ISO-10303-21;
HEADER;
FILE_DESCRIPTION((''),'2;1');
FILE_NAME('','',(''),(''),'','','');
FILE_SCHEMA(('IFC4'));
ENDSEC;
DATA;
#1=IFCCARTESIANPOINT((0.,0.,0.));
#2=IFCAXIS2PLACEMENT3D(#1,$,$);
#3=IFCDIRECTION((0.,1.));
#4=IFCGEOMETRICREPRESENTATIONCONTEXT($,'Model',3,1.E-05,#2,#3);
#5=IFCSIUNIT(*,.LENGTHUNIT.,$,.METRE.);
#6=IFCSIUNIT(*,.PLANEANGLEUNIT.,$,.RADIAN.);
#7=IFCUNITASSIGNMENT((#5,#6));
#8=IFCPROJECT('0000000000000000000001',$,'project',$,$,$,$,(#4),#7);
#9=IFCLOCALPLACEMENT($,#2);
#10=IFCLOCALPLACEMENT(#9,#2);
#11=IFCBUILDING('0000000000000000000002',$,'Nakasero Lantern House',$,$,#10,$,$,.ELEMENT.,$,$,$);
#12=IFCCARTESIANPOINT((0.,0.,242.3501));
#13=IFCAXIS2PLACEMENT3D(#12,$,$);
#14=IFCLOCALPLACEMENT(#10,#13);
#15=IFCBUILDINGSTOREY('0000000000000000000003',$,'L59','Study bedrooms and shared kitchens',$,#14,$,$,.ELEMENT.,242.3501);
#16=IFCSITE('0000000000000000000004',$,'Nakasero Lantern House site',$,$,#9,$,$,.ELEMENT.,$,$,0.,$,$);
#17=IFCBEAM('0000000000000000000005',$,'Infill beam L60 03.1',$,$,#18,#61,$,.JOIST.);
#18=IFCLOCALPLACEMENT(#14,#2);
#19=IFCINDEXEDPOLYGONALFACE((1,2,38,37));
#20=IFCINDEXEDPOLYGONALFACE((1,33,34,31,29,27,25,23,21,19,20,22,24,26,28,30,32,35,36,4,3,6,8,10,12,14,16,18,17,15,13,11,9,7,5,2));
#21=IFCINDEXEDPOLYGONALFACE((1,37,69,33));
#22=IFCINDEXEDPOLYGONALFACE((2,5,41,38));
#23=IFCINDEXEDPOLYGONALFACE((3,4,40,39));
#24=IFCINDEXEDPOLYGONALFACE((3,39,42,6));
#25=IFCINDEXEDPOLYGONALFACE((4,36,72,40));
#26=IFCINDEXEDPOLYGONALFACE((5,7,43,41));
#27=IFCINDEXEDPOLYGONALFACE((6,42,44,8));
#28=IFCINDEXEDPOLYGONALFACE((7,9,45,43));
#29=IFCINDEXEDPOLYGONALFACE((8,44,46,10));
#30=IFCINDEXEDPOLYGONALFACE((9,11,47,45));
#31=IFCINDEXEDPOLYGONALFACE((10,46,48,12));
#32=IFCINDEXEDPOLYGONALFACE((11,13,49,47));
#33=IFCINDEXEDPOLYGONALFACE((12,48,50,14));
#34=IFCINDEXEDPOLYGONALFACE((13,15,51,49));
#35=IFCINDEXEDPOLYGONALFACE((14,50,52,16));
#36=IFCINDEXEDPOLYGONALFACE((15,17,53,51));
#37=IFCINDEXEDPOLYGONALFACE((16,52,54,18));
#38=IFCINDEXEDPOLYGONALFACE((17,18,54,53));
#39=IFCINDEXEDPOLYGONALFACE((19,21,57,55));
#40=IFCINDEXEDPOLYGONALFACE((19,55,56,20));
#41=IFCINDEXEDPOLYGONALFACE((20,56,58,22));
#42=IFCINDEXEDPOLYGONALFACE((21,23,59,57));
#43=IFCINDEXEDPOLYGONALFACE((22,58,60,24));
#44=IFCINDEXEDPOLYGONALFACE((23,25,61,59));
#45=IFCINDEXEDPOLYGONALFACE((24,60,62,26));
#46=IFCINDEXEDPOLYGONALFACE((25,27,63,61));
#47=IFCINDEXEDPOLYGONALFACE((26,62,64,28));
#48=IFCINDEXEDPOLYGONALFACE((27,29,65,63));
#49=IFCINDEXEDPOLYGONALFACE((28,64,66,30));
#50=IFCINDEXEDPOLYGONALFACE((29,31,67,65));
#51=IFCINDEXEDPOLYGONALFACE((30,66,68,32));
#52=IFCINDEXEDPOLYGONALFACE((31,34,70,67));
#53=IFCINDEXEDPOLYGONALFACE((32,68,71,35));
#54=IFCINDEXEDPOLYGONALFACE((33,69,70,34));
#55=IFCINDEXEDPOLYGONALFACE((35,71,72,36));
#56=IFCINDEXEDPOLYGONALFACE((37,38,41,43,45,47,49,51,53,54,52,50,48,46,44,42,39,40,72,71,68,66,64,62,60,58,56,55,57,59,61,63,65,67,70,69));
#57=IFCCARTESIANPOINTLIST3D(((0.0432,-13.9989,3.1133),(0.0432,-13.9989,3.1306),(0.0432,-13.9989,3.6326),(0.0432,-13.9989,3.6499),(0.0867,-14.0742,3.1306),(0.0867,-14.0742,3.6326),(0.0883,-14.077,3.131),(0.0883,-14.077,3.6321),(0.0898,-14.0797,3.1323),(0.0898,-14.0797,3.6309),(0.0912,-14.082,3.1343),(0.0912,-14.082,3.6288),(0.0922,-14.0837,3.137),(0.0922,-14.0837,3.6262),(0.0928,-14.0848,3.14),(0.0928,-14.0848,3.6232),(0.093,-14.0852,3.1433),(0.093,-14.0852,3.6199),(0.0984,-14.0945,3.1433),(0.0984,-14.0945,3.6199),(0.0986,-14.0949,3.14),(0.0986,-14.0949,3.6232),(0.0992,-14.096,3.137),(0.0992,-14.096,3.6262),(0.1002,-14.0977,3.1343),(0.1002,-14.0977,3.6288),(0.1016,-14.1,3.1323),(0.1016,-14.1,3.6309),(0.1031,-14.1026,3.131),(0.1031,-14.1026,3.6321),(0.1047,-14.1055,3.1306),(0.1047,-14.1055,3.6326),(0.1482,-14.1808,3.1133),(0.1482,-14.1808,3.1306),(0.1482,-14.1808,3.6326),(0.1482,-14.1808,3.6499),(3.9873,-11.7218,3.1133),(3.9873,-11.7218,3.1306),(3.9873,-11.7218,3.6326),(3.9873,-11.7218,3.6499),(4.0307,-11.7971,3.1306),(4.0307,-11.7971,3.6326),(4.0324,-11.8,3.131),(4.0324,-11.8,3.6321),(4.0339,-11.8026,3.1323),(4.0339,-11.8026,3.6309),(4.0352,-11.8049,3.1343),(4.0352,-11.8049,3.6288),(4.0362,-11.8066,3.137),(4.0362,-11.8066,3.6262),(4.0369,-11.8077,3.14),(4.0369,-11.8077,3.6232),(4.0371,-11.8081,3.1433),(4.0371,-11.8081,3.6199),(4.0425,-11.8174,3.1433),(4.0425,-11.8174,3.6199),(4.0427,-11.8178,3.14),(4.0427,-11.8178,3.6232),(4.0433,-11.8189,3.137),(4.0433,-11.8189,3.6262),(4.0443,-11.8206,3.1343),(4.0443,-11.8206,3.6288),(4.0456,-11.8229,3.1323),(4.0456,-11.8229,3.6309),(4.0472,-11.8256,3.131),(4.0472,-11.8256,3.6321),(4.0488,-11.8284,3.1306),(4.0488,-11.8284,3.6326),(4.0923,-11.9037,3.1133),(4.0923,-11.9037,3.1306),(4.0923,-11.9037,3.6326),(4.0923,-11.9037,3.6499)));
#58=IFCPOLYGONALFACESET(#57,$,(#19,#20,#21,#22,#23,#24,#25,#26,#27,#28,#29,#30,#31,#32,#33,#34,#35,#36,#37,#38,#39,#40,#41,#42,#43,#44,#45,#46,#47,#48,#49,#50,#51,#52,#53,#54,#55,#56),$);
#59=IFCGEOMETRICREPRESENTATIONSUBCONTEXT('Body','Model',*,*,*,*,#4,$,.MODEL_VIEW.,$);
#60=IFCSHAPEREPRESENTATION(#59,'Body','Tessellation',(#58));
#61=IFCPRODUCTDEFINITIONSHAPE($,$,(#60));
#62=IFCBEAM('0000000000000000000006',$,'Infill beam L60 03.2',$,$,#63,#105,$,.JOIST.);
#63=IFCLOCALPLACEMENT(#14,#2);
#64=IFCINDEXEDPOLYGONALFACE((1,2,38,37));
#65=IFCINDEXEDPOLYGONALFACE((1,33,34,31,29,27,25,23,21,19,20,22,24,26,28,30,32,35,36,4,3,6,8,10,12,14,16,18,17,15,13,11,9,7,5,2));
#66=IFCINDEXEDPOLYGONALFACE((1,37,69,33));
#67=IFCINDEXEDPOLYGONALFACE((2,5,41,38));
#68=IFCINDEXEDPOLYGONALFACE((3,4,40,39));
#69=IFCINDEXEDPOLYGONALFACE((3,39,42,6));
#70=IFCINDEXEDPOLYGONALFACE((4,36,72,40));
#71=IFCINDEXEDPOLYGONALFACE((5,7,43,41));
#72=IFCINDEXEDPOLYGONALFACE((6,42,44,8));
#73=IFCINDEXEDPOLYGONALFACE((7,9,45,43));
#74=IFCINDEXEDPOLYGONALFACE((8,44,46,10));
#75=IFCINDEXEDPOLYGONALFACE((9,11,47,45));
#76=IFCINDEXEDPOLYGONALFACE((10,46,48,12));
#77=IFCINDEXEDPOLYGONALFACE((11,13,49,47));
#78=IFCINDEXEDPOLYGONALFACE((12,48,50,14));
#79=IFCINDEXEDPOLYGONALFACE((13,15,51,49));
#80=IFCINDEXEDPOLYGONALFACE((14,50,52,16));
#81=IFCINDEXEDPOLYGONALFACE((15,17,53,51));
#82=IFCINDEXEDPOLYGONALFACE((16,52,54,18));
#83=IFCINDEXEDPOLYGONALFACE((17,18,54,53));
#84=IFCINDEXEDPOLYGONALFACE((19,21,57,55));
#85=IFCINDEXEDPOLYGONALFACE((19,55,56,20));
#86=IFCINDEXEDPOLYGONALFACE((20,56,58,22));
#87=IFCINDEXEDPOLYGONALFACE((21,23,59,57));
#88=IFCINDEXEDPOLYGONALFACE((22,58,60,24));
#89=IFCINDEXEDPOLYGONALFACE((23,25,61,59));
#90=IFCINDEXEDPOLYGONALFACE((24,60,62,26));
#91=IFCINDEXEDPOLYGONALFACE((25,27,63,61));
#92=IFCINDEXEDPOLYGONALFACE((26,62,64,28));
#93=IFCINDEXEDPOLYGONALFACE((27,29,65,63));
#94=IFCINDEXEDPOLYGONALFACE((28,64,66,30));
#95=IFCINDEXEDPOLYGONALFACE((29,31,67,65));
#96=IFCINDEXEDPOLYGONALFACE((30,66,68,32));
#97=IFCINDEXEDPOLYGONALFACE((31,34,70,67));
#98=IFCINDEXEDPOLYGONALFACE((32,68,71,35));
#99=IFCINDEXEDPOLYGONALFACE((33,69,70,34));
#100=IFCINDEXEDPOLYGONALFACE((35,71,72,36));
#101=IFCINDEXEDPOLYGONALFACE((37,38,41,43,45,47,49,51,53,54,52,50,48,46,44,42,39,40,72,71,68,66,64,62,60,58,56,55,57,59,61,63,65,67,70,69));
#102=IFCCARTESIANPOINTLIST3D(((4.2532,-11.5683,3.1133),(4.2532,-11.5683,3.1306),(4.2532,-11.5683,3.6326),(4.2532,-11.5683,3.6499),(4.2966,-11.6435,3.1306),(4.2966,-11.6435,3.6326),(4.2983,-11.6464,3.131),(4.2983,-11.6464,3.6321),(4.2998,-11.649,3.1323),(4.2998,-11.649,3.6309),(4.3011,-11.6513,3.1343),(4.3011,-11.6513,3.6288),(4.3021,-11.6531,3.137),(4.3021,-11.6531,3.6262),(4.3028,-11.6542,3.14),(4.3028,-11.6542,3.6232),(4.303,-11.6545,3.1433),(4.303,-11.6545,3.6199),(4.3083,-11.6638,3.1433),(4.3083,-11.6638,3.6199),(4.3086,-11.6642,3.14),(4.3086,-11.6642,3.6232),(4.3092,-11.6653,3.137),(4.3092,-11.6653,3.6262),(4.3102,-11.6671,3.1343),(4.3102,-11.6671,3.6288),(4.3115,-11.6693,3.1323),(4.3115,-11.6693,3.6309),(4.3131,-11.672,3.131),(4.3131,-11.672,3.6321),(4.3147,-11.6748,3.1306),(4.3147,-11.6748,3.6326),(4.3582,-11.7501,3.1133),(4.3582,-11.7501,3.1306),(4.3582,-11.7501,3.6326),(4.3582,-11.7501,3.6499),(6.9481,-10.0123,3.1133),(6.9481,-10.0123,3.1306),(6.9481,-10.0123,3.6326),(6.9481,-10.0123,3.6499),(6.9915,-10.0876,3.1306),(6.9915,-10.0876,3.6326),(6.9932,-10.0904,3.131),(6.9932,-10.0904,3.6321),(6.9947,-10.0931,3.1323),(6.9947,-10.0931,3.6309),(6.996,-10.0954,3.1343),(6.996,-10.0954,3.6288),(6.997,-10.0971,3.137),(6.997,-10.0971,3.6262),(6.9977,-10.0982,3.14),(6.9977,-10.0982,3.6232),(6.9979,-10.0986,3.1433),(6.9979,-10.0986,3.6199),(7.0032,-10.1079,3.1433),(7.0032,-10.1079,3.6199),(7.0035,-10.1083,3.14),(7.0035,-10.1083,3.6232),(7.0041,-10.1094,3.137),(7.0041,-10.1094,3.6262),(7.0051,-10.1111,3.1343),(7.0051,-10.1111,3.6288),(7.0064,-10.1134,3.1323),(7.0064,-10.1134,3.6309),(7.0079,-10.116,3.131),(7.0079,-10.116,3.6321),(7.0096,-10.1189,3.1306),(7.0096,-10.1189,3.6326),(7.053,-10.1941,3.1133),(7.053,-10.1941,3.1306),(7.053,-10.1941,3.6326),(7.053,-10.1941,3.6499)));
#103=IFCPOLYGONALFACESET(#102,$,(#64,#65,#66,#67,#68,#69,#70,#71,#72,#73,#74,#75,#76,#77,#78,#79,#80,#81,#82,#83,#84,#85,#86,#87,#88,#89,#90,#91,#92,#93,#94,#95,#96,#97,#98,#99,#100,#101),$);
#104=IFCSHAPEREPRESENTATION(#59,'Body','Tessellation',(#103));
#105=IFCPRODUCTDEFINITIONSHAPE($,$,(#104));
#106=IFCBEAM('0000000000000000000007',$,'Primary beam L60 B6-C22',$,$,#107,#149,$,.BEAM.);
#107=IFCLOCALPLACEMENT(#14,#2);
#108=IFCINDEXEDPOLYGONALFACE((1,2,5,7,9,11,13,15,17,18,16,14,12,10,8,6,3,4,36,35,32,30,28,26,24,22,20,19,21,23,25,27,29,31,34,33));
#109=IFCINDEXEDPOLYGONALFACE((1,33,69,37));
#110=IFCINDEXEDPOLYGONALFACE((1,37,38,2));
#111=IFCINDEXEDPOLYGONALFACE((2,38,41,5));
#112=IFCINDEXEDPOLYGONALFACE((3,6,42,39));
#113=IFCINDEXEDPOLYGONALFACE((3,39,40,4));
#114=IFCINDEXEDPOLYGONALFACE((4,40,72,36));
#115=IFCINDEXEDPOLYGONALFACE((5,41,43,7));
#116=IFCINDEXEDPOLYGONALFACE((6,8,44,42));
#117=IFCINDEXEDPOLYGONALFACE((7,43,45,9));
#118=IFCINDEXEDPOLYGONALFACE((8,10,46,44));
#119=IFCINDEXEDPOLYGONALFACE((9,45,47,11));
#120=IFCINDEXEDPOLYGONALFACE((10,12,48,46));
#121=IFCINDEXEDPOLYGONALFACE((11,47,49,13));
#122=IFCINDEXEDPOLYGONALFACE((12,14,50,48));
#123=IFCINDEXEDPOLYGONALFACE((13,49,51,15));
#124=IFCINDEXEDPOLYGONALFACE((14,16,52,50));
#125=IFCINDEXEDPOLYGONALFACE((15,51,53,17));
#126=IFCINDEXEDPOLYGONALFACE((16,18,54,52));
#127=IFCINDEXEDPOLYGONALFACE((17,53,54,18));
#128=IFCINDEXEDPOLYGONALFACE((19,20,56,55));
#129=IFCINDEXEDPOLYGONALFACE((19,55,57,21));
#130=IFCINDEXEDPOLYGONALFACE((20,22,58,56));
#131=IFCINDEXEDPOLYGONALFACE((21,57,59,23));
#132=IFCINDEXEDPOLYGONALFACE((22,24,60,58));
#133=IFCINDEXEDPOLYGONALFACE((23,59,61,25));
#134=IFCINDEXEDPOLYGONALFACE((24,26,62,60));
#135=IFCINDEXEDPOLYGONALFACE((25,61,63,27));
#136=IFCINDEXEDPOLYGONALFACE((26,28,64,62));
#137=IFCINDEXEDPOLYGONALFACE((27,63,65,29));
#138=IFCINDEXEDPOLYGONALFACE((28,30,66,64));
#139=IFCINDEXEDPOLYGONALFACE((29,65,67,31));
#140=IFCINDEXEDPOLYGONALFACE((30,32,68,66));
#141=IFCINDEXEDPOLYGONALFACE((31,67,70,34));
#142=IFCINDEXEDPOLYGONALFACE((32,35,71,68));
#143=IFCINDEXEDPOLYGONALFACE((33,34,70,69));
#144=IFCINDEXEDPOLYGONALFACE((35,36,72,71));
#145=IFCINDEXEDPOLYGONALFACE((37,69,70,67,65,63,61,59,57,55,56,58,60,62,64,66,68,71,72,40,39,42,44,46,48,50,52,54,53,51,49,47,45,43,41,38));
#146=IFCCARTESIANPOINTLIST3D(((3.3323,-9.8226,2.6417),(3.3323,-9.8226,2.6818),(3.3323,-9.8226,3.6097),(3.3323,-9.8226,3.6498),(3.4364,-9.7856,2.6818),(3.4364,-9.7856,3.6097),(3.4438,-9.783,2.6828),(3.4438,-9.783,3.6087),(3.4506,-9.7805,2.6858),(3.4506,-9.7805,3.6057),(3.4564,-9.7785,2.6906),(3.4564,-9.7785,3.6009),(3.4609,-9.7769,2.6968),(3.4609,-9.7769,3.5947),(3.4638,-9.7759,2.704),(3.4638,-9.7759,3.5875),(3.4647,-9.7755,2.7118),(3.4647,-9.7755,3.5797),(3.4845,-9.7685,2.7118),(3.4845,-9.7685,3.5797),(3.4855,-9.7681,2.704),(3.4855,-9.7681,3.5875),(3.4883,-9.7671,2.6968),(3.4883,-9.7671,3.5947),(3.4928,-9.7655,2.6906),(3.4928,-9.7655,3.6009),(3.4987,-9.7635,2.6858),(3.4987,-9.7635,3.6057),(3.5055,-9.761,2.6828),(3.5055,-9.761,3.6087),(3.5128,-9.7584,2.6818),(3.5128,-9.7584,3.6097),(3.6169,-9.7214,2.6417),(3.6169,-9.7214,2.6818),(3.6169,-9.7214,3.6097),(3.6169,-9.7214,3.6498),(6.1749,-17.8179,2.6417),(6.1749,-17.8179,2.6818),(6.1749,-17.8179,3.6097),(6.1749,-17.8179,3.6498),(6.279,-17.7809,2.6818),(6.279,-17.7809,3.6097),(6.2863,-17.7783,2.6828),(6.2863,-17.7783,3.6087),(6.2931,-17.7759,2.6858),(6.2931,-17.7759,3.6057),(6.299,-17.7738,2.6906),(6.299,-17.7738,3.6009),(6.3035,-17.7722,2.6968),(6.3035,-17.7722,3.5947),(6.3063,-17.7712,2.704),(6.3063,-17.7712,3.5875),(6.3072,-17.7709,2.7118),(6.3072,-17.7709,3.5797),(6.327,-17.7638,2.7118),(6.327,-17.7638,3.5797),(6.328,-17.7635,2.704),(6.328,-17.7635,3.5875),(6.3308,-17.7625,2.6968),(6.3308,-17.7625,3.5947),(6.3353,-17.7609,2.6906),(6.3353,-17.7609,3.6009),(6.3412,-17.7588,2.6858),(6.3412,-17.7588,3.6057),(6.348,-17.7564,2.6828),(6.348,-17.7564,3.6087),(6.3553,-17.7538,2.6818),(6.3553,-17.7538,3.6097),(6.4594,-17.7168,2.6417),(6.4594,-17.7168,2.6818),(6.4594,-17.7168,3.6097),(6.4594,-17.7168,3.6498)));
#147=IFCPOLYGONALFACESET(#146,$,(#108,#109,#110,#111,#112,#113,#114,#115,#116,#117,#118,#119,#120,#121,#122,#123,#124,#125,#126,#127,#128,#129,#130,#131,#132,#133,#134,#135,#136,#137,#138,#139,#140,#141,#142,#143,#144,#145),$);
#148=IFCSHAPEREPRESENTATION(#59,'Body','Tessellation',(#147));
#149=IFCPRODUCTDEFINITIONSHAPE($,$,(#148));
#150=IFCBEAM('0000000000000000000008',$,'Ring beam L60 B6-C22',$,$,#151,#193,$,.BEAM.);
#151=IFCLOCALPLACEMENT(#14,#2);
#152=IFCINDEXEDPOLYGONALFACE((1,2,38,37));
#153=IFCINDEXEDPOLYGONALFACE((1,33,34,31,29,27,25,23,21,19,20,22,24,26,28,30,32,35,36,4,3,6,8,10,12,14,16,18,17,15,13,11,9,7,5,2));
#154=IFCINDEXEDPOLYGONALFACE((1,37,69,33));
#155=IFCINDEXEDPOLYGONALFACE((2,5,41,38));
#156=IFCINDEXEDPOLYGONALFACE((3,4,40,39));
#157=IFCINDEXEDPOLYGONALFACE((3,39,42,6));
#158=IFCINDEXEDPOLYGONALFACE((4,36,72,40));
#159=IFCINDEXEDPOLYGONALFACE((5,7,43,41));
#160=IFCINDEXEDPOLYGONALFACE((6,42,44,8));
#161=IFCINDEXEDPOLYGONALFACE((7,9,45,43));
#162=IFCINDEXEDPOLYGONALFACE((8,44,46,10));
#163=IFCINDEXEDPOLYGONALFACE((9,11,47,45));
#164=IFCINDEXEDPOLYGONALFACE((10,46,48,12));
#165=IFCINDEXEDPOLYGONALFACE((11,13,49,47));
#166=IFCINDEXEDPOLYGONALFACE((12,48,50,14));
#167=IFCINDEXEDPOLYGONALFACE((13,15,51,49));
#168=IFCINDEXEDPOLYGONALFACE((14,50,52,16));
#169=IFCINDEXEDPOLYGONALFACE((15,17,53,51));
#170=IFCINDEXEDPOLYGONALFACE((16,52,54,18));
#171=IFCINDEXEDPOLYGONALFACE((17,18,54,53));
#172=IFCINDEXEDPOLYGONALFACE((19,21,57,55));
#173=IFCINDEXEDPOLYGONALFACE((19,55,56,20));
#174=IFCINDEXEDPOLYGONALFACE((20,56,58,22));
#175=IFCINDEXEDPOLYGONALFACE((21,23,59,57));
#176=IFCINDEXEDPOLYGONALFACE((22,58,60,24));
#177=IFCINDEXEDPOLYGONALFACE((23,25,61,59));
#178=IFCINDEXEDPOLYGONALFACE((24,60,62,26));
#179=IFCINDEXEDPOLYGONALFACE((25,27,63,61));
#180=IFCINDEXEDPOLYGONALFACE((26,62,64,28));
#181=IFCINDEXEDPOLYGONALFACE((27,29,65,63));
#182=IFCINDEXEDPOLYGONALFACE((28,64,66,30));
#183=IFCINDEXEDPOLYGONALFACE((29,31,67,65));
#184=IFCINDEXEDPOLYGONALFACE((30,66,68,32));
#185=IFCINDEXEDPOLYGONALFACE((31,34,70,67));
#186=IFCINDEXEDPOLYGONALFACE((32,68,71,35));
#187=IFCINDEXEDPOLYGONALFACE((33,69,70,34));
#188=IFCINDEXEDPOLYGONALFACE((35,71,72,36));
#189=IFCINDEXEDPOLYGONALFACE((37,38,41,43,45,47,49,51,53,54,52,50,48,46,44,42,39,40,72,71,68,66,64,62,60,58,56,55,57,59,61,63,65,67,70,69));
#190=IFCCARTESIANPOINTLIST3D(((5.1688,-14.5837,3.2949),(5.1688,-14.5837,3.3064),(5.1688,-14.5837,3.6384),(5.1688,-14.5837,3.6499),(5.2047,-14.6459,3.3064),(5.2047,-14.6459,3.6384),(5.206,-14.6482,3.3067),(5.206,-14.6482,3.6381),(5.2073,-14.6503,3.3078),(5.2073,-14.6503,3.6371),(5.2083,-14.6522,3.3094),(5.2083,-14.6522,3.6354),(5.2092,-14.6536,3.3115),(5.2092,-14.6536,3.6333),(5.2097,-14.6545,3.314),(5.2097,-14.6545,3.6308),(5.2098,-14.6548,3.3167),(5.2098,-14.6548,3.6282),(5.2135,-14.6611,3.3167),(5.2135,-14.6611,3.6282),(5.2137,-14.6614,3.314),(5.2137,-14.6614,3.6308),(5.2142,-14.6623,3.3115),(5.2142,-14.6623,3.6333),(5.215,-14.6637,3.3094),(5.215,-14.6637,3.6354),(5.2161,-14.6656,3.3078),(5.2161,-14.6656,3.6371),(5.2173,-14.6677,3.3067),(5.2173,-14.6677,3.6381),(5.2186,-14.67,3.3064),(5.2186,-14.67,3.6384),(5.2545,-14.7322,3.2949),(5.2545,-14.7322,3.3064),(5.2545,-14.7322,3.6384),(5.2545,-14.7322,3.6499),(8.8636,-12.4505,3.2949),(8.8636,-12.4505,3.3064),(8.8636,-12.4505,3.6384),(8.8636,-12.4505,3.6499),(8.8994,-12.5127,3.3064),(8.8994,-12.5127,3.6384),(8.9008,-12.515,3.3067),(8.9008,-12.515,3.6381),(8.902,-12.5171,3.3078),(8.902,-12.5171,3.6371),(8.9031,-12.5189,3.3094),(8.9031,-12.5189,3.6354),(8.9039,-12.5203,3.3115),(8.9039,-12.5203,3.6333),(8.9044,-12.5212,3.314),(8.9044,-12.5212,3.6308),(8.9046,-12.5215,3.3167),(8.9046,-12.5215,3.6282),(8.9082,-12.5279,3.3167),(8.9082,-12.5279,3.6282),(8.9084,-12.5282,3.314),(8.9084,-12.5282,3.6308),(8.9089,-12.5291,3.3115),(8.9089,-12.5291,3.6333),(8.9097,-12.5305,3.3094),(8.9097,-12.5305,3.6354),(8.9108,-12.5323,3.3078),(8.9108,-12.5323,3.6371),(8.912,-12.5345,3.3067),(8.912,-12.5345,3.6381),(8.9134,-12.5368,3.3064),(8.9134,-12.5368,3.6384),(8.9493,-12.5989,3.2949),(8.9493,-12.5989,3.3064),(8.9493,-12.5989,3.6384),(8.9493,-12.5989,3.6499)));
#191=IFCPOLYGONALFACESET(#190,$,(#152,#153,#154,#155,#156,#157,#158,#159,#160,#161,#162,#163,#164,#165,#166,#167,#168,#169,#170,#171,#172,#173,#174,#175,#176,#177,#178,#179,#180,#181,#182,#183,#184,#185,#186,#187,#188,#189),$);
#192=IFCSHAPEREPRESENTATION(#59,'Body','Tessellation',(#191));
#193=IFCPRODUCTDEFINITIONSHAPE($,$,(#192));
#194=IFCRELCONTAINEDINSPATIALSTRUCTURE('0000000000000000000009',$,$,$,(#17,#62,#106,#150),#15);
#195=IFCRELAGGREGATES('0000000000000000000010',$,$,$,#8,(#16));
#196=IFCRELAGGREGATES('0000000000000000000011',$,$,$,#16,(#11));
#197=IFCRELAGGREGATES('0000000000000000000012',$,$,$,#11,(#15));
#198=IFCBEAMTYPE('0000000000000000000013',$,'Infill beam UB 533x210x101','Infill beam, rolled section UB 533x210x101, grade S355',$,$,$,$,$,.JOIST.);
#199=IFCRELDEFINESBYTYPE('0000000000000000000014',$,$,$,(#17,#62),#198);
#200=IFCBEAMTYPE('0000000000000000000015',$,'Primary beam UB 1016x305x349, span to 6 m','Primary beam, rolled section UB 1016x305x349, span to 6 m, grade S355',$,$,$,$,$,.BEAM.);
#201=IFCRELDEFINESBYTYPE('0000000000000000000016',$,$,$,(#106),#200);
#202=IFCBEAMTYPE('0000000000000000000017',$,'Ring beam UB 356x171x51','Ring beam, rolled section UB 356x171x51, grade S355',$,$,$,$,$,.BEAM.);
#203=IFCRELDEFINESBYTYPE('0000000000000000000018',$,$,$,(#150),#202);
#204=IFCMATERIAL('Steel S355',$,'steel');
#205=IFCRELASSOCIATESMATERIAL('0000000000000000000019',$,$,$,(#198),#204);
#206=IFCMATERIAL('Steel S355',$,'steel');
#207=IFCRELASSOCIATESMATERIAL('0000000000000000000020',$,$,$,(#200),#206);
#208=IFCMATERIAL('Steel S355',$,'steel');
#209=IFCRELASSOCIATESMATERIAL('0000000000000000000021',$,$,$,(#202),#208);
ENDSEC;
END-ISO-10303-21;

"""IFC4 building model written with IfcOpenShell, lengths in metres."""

from ifc_helpers import new_model, si_unit, direction, frame, origin, origin_2d, place, context, subcontext, project, spatial, i_section, extrude, material, material_profile, profile_set, type_object, element, save


model = new_model("IFC4")

# Units and contexts
model_context = context("Model", 3, precision=1e-05, world=origin(), true_north=direction((0.0, 1.0)))
body_context = subcontext(model_context, "Body", "Model", "MODEL_VIEW")
ifc_project = project(units=[si_unit("LENGTHUNIT", "METRE"), si_unit("PLANEANGLEUNIT", "RADIAN")], contexts=[model_context])

# Site, building, storey
site_placement = place(None, origin())
site = spatial("IfcSite", under=ifc_project, at=site_placement, Name="Nakasero Lantern House site", CompositionType="ELEMENT", RefElevation=0.0)
building_placement = place(site_placement, origin())
building = spatial("IfcBuilding", under=site, at=building_placement, Name="Nakasero Lantern House", CompositionType="ELEMENT")
storey_placement = place(building_placement, frame((0.0, 0.0, 242.3501)))
storey = spatial("IfcBuildingStorey", under=building, at=storey_placement, Name="L59", Description="Study bedrooms and shared kitchens", CompositionType="ELEMENT", Elevation=242.3501)

# Beams
ifc_material_1 = material(Name="Steel S355", Category="steel")
ifc_material_profile_1 = material_profile(ifc_material_1, i_section(OverallWidth=0.21, OverallDepth=0.5366, WebThickness=0.0107, FlangeThickness=0.0173, FilletRadius=0.0127, at=origin_2d()), Name="UB 533x210x101")
ifc_profile_set_1 = profile_set([ifc_material_profile_1], Name="Steel S355")
beam_type_1 = type_object("IfcBeamType", Name="Infill beam UB 533x210x101", Description="Infill beam, rolled section UB 533x210x101, grade S355", PredefinedType="JOIST", material=ifc_profile_set_1)
beam_1_placement = place(storey_placement, frame((0.0957, -14.0898, 3.3816), z_axis=(0.866028, 0.499996, 0.0), x_axis=(-0.499996, 0.866028, 0.0)))
element("IfcBeam", 1, at=beam_1_placement, inside=storey, type_object=beam_type_1, Name="Infill beam L60 03.1", PredefinedType="JOIST", context=body_context, shape_type="SweptSolid", body=[
    extrude(i_section(OverallWidth=0.21, OverallDepth=0.5366, WebThickness=0.0107, FlangeThickness=0.0173, FilletRadius=0.0127, at=origin_2d()), origin(), (0.0, 0.0, 1.0), 4.5542),
])
beam_2_placement = place(storey_placement, frame((4.3057, -11.6592, 3.3816), z_axis=(0.866018, 0.500012, 0.0), x_axis=(-0.500012, 0.866018, 0.0)))
element("IfcBeam", 2, at=beam_2_placement, inside=storey, type_object=beam_type_1, Name="Infill beam L60 03.2", PredefinedType="JOIST", context=body_context, shape_type="SweptSolid", body=[
    extrude(i_section(OverallWidth=0.21, OverallDepth=0.5366, WebThickness=0.0107, FlangeThickness=0.0173, FilletRadius=0.0127, at=origin_2d()), origin(), (0.0, 0.0, 1.0), 3.1118),
])
ifc_material_2 = material(Name="Steel S355", Category="steel")
ifc_material_profile_2 = material_profile(ifc_material_2, i_section(OverallWidth=0.302, OverallDepth=1.0081, WebThickness=0.021, FlangeThickness=0.04, FilletRadius=0.03, at=origin_2d()), Name="UB 1016x305x349")
ifc_profile_set_2 = profile_set([ifc_material_profile_2], Name="Steel S355")
beam_type_2 = type_object("IfcBeamType", Name="Primary beam UB 1016x305x349, span to 6 m", Description="Primary beam, rolled section UB 1016x305x349, span to 6 m, grade S355", PredefinedType="BEAM", material=ifc_profile_set_2)
beam_3_placement = place(storey_placement, frame((6.3171, -17.7673, 3.1458), z_axis=(-0.334982, 0.942225, 0.0), x_axis=(-0.942225, -0.334982, 0.0)))
element("IfcBeam", 3, at=beam_3_placement, inside=storey, type_object=beam_type_2, Name="Primary beam L60 B6-C22", PredefinedType="BEAM", context=body_context, shape_type="SweptSolid", body=[
    extrude(i_section(OverallWidth=0.302, OverallDepth=1.0081, WebThickness=0.021, FlangeThickness=0.04, FilletRadius=0.03, at=origin_2d()), origin(), (0.0, 0.0, 1.0), 8.4856),
])
ifc_material_3 = material(Name="Steel S355", Category="steel")
ifc_material_profile_3 = material_profile(ifc_material_3, i_section(OverallWidth=0.1714, OverallDepth=0.355, WebThickness=0.0073, FlangeThickness=0.0115, FilletRadius=0.0103, at=origin_2d()), Name="UB 356x171x51")
ifc_profile_set_3 = profile_set([ifc_material_profile_3], Name="Steel S355")
beam_type_3 = type_object("IfcBeamType", Name="Ring beam UB 356x171x51", Description="Ring beam, rolled section UB 356x171x51, grade S355", PredefinedType="BEAM", material=ifc_profile_set_3)
beam_4_placement = place(storey_placement, frame((5.2117, -14.658, 3.4724), z_axis=(0.866016, 0.500016, 0.0), x_axis=(-0.500016, 0.866016, 0.0)))
element("IfcBeam", 4, at=beam_4_placement, inside=storey, type_object=beam_type_3, Name="Ring beam L60 B6-C22", PredefinedType="BEAM", context=body_context, shape_type="SweptSolid", body=[
    extrude(i_section(OverallWidth=0.1714, OverallDepth=0.355, WebThickness=0.0073, FlangeThickness=0.0115, FilletRadius=0.0103, at=origin_2d()), origin(), (0.0, 0.0, 1.0), 4.2664),
])

save(model, "model.ifc")
